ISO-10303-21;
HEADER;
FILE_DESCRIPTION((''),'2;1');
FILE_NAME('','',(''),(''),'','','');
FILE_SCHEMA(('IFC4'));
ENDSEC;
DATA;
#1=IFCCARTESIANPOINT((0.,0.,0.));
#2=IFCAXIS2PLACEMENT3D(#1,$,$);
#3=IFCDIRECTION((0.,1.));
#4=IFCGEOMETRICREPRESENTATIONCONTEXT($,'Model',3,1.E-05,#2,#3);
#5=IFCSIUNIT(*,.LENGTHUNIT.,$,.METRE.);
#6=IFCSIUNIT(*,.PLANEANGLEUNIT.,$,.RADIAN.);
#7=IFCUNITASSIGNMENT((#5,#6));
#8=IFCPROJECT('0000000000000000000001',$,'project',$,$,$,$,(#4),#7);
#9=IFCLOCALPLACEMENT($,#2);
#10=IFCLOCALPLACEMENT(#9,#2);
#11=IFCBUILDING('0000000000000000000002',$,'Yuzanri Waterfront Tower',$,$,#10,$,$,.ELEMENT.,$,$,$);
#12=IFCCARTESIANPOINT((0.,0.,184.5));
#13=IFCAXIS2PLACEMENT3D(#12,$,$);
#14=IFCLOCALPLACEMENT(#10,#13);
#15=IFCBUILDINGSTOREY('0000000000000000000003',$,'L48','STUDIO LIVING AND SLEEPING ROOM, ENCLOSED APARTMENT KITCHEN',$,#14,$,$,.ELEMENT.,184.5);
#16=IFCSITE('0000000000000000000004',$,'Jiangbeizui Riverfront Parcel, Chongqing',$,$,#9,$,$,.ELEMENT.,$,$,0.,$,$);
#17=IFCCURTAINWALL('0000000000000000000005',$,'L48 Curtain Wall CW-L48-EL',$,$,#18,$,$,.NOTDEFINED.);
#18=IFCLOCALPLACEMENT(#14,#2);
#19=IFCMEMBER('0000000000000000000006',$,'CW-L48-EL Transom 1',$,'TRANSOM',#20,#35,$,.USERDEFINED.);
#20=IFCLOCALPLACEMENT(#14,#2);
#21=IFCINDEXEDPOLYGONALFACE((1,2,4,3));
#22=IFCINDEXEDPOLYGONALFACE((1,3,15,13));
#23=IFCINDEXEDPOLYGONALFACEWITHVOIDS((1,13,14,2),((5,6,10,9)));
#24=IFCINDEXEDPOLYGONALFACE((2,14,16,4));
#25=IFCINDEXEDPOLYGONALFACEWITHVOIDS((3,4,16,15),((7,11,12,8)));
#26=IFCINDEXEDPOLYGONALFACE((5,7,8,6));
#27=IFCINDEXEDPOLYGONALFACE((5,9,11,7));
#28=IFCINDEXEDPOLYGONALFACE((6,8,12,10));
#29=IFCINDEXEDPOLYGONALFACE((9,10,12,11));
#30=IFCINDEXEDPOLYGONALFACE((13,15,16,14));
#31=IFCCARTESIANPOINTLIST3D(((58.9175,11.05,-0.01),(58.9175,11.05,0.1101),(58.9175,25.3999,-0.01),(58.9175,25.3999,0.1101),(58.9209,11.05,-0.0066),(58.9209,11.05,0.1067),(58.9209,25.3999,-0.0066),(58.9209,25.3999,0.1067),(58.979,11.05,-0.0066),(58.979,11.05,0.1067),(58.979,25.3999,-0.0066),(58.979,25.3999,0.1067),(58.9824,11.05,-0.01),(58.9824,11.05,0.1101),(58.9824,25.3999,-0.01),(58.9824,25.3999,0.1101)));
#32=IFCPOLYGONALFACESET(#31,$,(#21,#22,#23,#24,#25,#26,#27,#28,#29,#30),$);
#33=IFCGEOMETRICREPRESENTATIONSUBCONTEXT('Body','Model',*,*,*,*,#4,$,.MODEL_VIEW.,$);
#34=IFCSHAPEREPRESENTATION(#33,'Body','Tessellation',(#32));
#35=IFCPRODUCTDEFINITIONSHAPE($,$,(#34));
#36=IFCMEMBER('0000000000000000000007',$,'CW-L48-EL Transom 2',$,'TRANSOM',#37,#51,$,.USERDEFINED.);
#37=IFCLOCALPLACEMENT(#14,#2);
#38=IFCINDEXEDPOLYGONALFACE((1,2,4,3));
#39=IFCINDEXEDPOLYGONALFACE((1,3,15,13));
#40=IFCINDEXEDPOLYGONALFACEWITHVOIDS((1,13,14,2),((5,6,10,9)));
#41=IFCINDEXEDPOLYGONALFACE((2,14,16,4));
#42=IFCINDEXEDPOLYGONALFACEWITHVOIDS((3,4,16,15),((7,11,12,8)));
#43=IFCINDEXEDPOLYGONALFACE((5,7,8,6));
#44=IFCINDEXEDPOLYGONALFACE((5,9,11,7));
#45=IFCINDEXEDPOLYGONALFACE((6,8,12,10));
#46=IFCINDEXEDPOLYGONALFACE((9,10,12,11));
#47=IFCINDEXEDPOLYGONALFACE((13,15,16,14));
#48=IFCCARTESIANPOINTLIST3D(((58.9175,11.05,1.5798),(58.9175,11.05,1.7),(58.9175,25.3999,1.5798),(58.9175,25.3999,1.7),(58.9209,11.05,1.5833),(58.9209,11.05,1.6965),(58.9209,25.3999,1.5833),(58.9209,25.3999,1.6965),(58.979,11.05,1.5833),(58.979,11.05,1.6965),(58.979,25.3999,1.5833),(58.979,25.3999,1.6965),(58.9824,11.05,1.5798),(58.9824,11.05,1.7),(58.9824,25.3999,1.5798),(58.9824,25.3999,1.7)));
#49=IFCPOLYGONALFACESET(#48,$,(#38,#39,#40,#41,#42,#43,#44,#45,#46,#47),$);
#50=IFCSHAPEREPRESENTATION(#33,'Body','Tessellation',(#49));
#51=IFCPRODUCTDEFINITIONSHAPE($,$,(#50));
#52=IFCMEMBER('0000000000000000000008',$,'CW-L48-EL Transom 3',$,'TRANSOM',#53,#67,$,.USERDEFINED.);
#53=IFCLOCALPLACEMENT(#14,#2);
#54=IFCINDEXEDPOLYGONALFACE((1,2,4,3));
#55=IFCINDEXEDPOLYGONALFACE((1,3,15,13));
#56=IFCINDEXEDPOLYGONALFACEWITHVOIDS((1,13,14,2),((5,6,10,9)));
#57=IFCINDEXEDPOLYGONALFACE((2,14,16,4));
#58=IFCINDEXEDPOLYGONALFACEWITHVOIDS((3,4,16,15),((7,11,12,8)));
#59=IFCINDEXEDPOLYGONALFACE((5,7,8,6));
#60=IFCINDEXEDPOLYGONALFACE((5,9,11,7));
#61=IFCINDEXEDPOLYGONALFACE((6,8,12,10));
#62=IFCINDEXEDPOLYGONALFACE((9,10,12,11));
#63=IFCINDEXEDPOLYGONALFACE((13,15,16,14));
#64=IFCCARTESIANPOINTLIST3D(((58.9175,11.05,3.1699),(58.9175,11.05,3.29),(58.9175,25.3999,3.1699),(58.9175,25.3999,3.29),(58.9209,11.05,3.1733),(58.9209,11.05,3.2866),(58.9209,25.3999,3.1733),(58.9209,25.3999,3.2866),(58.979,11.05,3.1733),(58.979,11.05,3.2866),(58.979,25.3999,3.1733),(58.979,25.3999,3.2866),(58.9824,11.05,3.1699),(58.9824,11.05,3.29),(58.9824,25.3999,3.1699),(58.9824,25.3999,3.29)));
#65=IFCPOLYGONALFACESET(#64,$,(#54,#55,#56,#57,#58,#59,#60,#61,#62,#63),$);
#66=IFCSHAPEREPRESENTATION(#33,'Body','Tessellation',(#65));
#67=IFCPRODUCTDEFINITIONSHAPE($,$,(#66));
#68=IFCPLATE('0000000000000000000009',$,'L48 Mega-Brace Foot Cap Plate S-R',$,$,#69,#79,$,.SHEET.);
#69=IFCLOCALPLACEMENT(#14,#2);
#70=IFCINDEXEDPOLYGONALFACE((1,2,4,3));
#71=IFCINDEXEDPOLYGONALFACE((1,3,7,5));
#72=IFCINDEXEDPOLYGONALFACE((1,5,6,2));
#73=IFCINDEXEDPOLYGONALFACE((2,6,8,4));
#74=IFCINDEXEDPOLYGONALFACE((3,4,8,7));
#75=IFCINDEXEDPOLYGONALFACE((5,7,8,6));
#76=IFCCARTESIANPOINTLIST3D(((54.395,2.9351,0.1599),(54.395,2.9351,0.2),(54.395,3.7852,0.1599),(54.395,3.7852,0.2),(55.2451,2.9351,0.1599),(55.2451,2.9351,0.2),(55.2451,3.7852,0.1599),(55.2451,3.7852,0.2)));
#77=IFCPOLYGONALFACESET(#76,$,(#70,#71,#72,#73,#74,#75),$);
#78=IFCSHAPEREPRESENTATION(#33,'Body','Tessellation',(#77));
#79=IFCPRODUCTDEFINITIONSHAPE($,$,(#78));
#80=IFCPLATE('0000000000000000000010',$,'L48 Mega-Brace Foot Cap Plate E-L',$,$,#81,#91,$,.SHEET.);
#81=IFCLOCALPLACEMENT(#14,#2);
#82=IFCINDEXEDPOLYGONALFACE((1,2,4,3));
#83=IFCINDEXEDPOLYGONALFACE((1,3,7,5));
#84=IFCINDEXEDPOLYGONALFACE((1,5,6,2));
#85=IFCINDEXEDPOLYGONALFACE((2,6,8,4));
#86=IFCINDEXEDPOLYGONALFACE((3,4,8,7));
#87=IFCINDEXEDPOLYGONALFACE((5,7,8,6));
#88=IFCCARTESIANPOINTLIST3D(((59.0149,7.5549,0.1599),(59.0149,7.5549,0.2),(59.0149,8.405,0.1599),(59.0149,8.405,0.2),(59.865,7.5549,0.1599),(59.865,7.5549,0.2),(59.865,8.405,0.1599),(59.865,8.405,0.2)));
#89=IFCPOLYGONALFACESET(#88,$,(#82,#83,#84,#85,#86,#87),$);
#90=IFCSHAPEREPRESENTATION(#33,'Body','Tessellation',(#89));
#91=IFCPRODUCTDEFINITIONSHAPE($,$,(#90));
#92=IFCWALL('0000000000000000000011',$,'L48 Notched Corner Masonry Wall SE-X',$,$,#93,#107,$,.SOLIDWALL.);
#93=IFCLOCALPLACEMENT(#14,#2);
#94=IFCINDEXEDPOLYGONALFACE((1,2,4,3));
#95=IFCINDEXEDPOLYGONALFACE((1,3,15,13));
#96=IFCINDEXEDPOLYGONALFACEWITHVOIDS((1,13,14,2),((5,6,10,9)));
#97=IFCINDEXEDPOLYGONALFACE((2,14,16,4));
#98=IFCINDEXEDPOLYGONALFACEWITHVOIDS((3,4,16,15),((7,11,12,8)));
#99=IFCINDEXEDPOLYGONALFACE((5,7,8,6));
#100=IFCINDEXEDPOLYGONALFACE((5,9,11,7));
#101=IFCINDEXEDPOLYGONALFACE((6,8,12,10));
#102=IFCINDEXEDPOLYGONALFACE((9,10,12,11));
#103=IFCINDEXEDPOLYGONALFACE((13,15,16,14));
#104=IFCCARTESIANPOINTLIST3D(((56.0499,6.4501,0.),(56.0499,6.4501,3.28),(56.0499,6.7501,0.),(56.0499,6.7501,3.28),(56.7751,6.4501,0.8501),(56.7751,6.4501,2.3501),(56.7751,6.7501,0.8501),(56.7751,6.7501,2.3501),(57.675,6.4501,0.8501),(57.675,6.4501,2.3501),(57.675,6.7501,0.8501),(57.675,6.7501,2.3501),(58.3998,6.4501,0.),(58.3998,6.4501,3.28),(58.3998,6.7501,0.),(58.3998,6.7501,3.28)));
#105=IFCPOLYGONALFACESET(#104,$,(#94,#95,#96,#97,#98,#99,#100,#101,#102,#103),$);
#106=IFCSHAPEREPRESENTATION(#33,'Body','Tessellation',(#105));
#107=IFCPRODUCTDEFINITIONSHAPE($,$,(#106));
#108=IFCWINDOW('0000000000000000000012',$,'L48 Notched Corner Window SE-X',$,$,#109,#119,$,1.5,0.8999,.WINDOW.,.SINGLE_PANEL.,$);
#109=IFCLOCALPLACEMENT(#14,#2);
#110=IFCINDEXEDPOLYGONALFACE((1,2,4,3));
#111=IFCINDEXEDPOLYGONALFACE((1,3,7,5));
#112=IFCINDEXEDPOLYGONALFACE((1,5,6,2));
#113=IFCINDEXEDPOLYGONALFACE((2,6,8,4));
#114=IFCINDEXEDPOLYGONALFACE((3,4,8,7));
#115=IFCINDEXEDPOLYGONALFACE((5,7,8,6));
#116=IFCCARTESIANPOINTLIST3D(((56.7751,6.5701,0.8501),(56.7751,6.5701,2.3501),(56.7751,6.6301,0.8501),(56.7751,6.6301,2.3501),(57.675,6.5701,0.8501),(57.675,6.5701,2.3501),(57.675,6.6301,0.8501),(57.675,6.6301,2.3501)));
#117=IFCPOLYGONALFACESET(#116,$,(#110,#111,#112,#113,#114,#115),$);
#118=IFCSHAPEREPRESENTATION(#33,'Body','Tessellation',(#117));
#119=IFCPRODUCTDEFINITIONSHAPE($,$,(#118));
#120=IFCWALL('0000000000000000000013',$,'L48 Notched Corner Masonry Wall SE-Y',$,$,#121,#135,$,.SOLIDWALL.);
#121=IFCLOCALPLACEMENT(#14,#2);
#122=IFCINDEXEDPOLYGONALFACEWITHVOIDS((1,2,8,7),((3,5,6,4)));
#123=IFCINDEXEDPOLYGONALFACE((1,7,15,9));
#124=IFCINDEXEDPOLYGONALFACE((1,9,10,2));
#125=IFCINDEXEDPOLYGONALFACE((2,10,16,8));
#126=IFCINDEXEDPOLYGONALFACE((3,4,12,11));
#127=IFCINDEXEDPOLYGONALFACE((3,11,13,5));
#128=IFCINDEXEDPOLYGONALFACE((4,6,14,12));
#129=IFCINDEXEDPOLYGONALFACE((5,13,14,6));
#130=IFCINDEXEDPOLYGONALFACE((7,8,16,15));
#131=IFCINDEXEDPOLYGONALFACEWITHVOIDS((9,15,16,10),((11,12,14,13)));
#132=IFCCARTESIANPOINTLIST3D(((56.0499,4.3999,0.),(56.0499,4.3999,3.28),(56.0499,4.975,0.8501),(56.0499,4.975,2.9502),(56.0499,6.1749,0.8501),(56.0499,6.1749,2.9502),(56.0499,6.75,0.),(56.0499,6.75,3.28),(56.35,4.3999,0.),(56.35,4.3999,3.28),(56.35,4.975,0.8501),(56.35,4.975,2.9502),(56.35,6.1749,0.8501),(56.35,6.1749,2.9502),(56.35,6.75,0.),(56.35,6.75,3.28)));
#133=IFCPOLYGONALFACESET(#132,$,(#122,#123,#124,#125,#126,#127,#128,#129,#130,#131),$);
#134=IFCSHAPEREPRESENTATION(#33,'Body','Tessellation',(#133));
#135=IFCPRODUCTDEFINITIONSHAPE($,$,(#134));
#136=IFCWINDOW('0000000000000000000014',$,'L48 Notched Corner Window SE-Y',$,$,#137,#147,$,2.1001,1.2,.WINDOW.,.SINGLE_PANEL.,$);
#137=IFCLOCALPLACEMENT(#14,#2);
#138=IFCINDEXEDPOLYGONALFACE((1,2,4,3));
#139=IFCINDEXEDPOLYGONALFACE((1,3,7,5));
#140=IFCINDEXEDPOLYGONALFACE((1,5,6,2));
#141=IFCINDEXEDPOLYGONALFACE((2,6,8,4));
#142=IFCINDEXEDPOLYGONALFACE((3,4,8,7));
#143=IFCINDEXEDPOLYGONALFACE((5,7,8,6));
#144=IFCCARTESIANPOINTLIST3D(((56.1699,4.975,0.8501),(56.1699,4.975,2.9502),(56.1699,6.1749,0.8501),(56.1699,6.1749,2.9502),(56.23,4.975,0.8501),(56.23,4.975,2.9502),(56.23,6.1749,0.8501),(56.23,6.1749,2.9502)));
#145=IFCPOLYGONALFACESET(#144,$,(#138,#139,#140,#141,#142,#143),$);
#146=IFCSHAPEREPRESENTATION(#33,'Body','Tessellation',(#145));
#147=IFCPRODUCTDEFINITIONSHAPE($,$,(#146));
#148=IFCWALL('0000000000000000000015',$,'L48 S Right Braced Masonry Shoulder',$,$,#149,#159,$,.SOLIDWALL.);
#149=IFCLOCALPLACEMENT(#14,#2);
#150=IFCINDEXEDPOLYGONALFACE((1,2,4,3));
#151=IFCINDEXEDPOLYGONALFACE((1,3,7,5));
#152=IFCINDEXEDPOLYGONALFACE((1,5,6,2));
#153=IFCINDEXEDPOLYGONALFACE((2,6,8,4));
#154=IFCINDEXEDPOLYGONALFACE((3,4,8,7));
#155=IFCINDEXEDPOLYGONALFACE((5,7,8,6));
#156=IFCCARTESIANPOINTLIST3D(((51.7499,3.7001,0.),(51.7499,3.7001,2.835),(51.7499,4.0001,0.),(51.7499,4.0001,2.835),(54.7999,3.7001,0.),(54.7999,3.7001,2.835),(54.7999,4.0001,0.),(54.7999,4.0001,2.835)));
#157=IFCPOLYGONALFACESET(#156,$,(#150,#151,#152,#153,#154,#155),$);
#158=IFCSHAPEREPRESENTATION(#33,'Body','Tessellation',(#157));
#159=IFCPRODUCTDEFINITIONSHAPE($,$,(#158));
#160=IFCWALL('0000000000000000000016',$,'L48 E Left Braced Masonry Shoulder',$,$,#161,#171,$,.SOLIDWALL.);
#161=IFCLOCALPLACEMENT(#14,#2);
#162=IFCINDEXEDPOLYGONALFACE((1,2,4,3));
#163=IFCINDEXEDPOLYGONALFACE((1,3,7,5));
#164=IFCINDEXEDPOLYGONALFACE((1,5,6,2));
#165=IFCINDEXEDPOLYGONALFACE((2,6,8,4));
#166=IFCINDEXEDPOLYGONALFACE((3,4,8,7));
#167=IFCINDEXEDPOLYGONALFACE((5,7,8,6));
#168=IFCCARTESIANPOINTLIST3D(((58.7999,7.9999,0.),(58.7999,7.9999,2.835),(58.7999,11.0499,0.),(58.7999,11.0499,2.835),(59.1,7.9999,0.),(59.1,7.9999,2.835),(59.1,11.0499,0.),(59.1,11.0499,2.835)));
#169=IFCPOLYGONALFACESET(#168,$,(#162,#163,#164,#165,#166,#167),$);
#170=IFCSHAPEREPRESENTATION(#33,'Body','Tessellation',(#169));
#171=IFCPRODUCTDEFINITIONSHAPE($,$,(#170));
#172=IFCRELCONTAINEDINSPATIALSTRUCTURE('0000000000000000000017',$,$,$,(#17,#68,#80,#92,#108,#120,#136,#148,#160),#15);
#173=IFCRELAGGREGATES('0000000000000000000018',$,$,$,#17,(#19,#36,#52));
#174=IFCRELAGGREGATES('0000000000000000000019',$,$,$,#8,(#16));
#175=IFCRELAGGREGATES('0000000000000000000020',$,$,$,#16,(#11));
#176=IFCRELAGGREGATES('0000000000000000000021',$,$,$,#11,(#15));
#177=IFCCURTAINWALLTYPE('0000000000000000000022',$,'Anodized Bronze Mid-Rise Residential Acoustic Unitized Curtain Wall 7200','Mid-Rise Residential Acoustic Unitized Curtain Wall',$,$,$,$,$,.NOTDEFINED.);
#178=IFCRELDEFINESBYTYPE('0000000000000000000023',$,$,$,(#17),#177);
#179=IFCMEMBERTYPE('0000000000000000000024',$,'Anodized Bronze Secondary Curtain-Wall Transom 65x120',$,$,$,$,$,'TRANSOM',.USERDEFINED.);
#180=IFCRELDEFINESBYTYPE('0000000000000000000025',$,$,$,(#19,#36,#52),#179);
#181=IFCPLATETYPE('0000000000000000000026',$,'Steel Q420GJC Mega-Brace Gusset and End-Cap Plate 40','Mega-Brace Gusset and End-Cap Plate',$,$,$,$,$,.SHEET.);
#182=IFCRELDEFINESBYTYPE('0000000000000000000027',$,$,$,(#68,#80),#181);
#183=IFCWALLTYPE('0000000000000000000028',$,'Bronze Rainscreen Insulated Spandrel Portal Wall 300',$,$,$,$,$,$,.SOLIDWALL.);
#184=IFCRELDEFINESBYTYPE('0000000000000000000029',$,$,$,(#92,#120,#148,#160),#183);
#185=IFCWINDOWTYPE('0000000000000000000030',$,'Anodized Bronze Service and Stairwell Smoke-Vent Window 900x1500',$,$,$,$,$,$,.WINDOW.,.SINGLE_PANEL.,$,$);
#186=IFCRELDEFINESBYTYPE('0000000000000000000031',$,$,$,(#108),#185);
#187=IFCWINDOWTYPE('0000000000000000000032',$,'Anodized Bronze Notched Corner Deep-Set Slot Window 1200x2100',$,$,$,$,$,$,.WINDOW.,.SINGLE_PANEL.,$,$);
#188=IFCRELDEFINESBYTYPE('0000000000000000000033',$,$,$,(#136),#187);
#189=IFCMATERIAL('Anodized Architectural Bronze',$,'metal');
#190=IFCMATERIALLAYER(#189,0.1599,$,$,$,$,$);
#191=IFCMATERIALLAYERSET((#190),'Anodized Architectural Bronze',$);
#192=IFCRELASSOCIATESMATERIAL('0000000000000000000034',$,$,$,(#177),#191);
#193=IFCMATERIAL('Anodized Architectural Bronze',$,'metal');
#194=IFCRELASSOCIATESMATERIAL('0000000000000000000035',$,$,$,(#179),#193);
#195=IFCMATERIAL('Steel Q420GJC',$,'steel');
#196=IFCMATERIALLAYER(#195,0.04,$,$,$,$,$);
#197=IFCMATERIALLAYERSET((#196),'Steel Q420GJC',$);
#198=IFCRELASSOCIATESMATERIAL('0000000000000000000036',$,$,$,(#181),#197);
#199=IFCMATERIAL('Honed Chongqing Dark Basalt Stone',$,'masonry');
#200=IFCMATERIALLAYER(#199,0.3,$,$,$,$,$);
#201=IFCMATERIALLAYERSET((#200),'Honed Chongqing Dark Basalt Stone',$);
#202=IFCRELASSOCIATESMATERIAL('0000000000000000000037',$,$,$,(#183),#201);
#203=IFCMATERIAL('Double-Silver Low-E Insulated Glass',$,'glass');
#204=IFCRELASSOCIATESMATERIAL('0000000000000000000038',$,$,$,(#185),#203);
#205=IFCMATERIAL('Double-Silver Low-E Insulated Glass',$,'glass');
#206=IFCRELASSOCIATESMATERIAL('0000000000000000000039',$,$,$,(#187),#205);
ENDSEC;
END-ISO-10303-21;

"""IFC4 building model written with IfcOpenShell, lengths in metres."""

from ifc_helpers import new_model, si_unit, direction, frame, frame_2d, origin, origin_2d, place, context, subcontext, project, spatial, rectangle, hollow_rectangle, extrude, source, transform, mapped, material, layer, layer_set, material_profile, profile_set, type_object, element, fill, aggregate, save


model = new_model("IFC4")

# Units and contexts
model_context = context("Model", 3, precision=1e-05, world=origin(), true_north=direction((0.0, 1.0)))
body_context = subcontext(model_context, "Body", "Model", "MODEL_VIEW")
ifc_project = project(units=[si_unit("LENGTHUNIT", "METRE"), si_unit("PLANEANGLEUNIT", "RADIAN")], contexts=[model_context])

# Site, building, storey
site_placement = place(None, origin())
site = spatial("IfcSite", under=ifc_project, at=site_placement, Name="Jiangbeizui Riverfront Parcel, Chongqing", CompositionType="ELEMENT", RefElevation=0.0)
building_placement = place(site_placement, origin())
building = spatial("IfcBuilding", under=site, at=building_placement, Name="Yuzanri Waterfront Tower", CompositionType="ELEMENT")
storey_placement = place(building_placement, frame((0.0, 0.0, 184.5)))
storey = spatial("IfcBuildingStorey", under=building, at=storey_placement, Name="L48", Description="STUDIO LIVING AND SLEEPING ROOM, ENCLOSED APARTMENT KITCHEN", CompositionType="ELEMENT", Elevation=184.5)

# Curtain wall, members
ifc_material_1 = material(Name="Anodized Architectural Bronze", Category="metal")
ifc_layer_1 = layer(ifc_material_1, 0.1599)
ifc_layer_set_1 = layer_set([ifc_layer_1], Name="Anodized Architectural Bronze")
curtain_wall_type = type_object("IfcCurtainWallType", Name="Anodized Bronze Mid-Rise Residential Acoustic Unitized Curtain Wall 7200", Description="Mid-Rise Residential Acoustic Unitized Curtain Wall", PredefinedType="NOTDEFINED", material=ifc_layer_set_1)
curtain_wall_1_placement = place(storey_placement, origin())
curtain_wall_1 = element("IfcCurtainWall", 1, at=curtain_wall_1_placement, inside=storey, type_object=curtain_wall_type, Name="L48 Curtain Wall CW-L48-EL", PredefinedType="NOTDEFINED")
ifc_material_2 = material(Name="Anodized Architectural Bronze", Category="metal")
ifc_material_profile_1 = material_profile(ifc_material_2, hollow_rectangle(XDim=0.0649, YDim=0.1201, WallThickness=0.0034, at=origin_2d()), Name="CWT 65x120")
ifc_profile_set_1 = profile_set([ifc_material_profile_1], Name="Anodized Architectural Bronze")
member_type_1 = type_object("IfcMemberType", Name="Anodized Bronze Secondary Curtain-Wall Transom 65x120", ElementType="TRANSOM", PredefinedType="USERDEFINED", material=ifc_profile_set_1)
shared_shape_1 = source(origin(), body_context, "Body", "SweptSolid", [
    extrude(hollow_rectangle(XDim=0.0649, YDim=0.1201, WallThickness=0.0034, at=origin_2d()), origin(), (0.0, 0.0, 1.0), 14.3499),
])
member_1_placement = place(storey_placement, frame((58.95, 11.05, 0.05), z_axis=(0.0, 1.0, 0.0), x_axis=(-1.0, 0.0, 0.0)))
member_1 = element("IfcMember", 2, at=member_1_placement, type_object=member_type_1, Name="CW-L48-EL Transom 1", ObjectType="TRANSOM", PredefinedType="USERDEFINED", context=body_context, shape_type="MappedRepresentation", body=[
    mapped(shared_shape_1, transform((0.0, 0.0, 0.0), scale=1.0)),
])
member_2_placement = place(storey_placement, frame((58.95, 11.05, 1.6399), z_axis=(0.0, 1.0, 0.0), x_axis=(-1.0, 0.0, 0.0)))
member_2 = element("IfcMember", 3, at=member_2_placement, type_object=member_type_1, Name="CW-L48-EL Transom 2", ObjectType="TRANSOM", PredefinedType="USERDEFINED", context=body_context, shape_type="MappedRepresentation", body=[
    mapped(shared_shape_1, transform((0.0, 0.0, 0.0), scale=1.0)),
])
member_3_placement = place(storey_placement, frame((58.95, 11.05, 3.23), z_axis=(0.0, 1.0, 0.0), x_axis=(-1.0, 0.0, 0.0)))
member_3 = element("IfcMember", 4, at=member_3_placement, type_object=member_type_1, Name="CW-L48-EL Transom 3", ObjectType="TRANSOM", PredefinedType="USERDEFINED", context=body_context, shape_type="MappedRepresentation", body=[
    mapped(shared_shape_1, transform((0.0, 0.0, 0.0), scale=1.0)),
])
aggregate(curtain_wall_1, [member_1, member_2, member_3])

# Plates
ifc_material_3 = material(Name="Steel Q420GJC", Category="steel")
ifc_layer_2 = layer(ifc_material_3, 0.04)
ifc_layer_set_2 = layer_set([ifc_layer_2], Name="Steel Q420GJC")
plate_type = type_object("IfcPlateType", Name="Steel Q420GJC Mega-Brace Gusset and End-Cap Plate 40", Description="Mega-Brace Gusset and End-Cap Plate", PredefinedType="SHEET", material=ifc_layer_set_2)
shared_shape_2 = source(origin(), body_context, "Body", "SweptSolid", [
    extrude(rectangle(XDim=0.8501, YDim=0.8501, at=origin_2d()), origin(), (0.0, 0.0, 1.0), 0.04),
])
for number, where, z_axis, x_axis, name in (
    (5, (54.8201, 3.3601, 0.1599), (0.0, 0.0, 1.0), (1.0, 0.0, 0.0), "L48 Mega-Brace Foot Cap Plate S-R"),
    (6, (59.4399, 7.98, 0.1599), (0.0, 0.0, 1.0), (1.0, 0.0, 0.0), "L48 Mega-Brace Foot Cap Plate E-L"),
):
    element("IfcPlate", number, at=place(storey_placement, frame(where, z_axis=z_axis, x_axis=x_axis)), inside=storey, type_object=plate_type, Name=name, PredefinedType="SHEET", context=body_context, shape_type="MappedRepresentation", body=[
        mapped(shared_shape_2, transform((0.0, 0.0, 0.0), scale=1.0)),
    ])

# Walls, openings, windows
ifc_material_4 = material(Name="Honed Chongqing Dark Basalt Stone", Category="masonry")
ifc_layer_3 = layer(ifc_material_4, 0.3)
ifc_layer_set_3 = layer_set([ifc_layer_3], Name="Honed Chongqing Dark Basalt Stone")
wall_type_1 = type_object("IfcWallType", Name="Bronze Rainscreen Insulated Spandrel Portal Wall 300", PredefinedType="SOLIDWALL", material=ifc_layer_set_3)
wall_1_placement = place(storey_placement, frame((56.05, 6.6001, 0.0), z_axis=(0.0, 0.0, 1.0), x_axis=(1.0, 0.0, 0.0)))
wall_1 = element("IfcWall", 7, at=wall_1_placement, inside=storey, type_object=wall_type_1, Name="L48 Notched Corner Masonry Wall SE-X", PredefinedType="SOLIDWALL", context=body_context, shape_type="SweptSolid", body=[
    extrude(rectangle(XDim=2.3499, YDim=0.3, at=frame_2d((1.1748, 0.0))), origin(), (0.0, 0.0, 1.0), 3.28),
])
opening_1_placement = place(wall_1_placement, frame((0.7251, 0.0, 0.8501)))
opening_1 = element("IfcOpeningElement", 8, at=opening_1_placement, cuts=wall_1, PredefinedType="OPENING", context=body_context, shape_type="SweptSolid", body=[
    extrude(rectangle(XDim=0.8999, YDim=1.5, at=frame_2d((0.45, 0.75))), frame((0.0, 0.165, 0.0), z_axis=(0.0, -1.0, 0.0), x_axis=(1.0, 0.0, 0.0)), (0.0, 0.0, 1.0), 0.3298),
])
ifc_material_5 = material(Name="Double-Silver Low-E Insulated Glass", Category="glass")
window_type_1 = type_object("IfcWindowType", Name="Anodized Bronze Service and Stairwell Smoke-Vent Window 900x1500", PartitioningType="SINGLE_PANEL", PredefinedType="WINDOW", material=ifc_material_5)
shared_shape_3 = source(origin(), body_context, "Body", "SweptSolid", [
    extrude(rectangle(XDim=0.8999, YDim=1.5, at=frame_2d((0.45, 0.75))), frame((0.0, 0.03, 0.0), z_axis=(0.0, -1.0, 0.0), x_axis=(1.0, 0.0, 0.0)), (0.0, 0.0, 1.0), 0.0601),
])
window_1_placement = place(opening_1_placement, origin())
window_1 = element("IfcWindow", 9, at=window_1_placement, inside=storey, type_object=window_type_1, Name="L48 Notched Corner Window SE-X", OverallHeight=1.5, OverallWidth=0.8999, PartitioningType="SINGLE_PANEL", PredefinedType="WINDOW", context=body_context, shape_type="MappedRepresentation", body=[
    mapped(shared_shape_3, transform((0.0, 0.0, 0.0), scale=1.0)),
])
fill(opening_1, window_1)
wall_2_placement = place(storey_placement, frame((56.2, 4.3999, 0.0), z_axis=(0.0, 0.0, 1.0), x_axis=(0.0, 1.0, 0.0)))
wall_2 = element("IfcWall", 10, at=wall_2_placement, inside=storey, type_object=wall_type_1, Name="L48 Notched Corner Masonry Wall SE-Y", PredefinedType="SOLIDWALL", context=body_context, shape_type="SweptSolid", body=[
    extrude(rectangle(XDim=2.3501, YDim=0.3, at=frame_2d((1.175, 0.0))), origin(), (0.0, 0.0, 1.0), 3.28),
])
opening_2_placement = place(wall_2_placement, frame((0.575, 0.0, 0.8501)))
opening_2 = element("IfcOpeningElement", 11, at=opening_2_placement, cuts=wall_2, PredefinedType="OPENING", context=body_context, shape_type="SweptSolid", body=[
    extrude(rectangle(XDim=1.2, YDim=2.1001, at=frame_2d((0.6001, 1.05))), frame((0.0, 0.165, 0.0), z_axis=(0.0, -1.0, 0.0), x_axis=(1.0, 0.0, 0.0)), (0.0, 0.0, 1.0), 0.3298),
])
ifc_material_6 = material(Name="Double-Silver Low-E Insulated Glass", Category="glass")
window_type_2 = type_object("IfcWindowType", Name="Anodized Bronze Notched Corner Deep-Set Slot Window 1200x2100", PartitioningType="SINGLE_PANEL", PredefinedType="WINDOW", material=ifc_material_6)
shared_shape_4 = source(origin(), body_context, "Body", "SweptSolid", [
    extrude(rectangle(XDim=1.2, YDim=2.1001, at=frame_2d((0.6001, 1.05))), frame((0.0, 0.03, 0.0), z_axis=(0.0, -1.0, 0.0), x_axis=(1.0, 0.0, 0.0)), (0.0, 0.0, 1.0), 0.0601),
])
window_2_placement = place(opening_2_placement, origin())
window_2 = element("IfcWindow", 12, at=window_2_placement, inside=storey, type_object=window_type_2, Name="L48 Notched Corner Window SE-Y", OverallHeight=2.1001, OverallWidth=1.2, PartitioningType="SINGLE_PANEL", PredefinedType="WINDOW", context=body_context, shape_type="MappedRepresentation", body=[
    mapped(shared_shape_4, transform((0.0, 0.0, 0.0), scale=1.0)),
])
fill(opening_2, window_2)

# Walls
shared_shape_5 = source(origin(), body_context, "Body", "SweptSolid", [
    extrude(rectangle(XDim=3.05, YDim=0.3, at=frame_2d((1.5249, 0.0))), origin(), (0.0, 0.0, 1.0), 2.835),
])
for number, where, z_axis, x_axis, name in (
    (13, (51.75, 3.8501, 0.0), (0.0, 0.0, 1.0), (1.0, 0.0, 0.0), "L48 S Right Braced Masonry Shoulder"),
    (14, (58.95, 8.0, 0.0), (0.0, 0.0, 1.0), (0.0, 1.0, 0.0), "L48 E Left Braced Masonry Shoulder"),
):
    element("IfcWall", number, at=place(storey_placement, frame(where, z_axis=z_axis, x_axis=x_axis)), inside=storey, type_object=wall_type_1, Name=name, PredefinedType="SOLIDWALL", context=body_context, shape_type="MappedRepresentation", body=[
        mapped(shared_shape_5, transform((0.0, 0.0, 0.0), scale=1.0)),
    ])

save(model, "model.ifc")
